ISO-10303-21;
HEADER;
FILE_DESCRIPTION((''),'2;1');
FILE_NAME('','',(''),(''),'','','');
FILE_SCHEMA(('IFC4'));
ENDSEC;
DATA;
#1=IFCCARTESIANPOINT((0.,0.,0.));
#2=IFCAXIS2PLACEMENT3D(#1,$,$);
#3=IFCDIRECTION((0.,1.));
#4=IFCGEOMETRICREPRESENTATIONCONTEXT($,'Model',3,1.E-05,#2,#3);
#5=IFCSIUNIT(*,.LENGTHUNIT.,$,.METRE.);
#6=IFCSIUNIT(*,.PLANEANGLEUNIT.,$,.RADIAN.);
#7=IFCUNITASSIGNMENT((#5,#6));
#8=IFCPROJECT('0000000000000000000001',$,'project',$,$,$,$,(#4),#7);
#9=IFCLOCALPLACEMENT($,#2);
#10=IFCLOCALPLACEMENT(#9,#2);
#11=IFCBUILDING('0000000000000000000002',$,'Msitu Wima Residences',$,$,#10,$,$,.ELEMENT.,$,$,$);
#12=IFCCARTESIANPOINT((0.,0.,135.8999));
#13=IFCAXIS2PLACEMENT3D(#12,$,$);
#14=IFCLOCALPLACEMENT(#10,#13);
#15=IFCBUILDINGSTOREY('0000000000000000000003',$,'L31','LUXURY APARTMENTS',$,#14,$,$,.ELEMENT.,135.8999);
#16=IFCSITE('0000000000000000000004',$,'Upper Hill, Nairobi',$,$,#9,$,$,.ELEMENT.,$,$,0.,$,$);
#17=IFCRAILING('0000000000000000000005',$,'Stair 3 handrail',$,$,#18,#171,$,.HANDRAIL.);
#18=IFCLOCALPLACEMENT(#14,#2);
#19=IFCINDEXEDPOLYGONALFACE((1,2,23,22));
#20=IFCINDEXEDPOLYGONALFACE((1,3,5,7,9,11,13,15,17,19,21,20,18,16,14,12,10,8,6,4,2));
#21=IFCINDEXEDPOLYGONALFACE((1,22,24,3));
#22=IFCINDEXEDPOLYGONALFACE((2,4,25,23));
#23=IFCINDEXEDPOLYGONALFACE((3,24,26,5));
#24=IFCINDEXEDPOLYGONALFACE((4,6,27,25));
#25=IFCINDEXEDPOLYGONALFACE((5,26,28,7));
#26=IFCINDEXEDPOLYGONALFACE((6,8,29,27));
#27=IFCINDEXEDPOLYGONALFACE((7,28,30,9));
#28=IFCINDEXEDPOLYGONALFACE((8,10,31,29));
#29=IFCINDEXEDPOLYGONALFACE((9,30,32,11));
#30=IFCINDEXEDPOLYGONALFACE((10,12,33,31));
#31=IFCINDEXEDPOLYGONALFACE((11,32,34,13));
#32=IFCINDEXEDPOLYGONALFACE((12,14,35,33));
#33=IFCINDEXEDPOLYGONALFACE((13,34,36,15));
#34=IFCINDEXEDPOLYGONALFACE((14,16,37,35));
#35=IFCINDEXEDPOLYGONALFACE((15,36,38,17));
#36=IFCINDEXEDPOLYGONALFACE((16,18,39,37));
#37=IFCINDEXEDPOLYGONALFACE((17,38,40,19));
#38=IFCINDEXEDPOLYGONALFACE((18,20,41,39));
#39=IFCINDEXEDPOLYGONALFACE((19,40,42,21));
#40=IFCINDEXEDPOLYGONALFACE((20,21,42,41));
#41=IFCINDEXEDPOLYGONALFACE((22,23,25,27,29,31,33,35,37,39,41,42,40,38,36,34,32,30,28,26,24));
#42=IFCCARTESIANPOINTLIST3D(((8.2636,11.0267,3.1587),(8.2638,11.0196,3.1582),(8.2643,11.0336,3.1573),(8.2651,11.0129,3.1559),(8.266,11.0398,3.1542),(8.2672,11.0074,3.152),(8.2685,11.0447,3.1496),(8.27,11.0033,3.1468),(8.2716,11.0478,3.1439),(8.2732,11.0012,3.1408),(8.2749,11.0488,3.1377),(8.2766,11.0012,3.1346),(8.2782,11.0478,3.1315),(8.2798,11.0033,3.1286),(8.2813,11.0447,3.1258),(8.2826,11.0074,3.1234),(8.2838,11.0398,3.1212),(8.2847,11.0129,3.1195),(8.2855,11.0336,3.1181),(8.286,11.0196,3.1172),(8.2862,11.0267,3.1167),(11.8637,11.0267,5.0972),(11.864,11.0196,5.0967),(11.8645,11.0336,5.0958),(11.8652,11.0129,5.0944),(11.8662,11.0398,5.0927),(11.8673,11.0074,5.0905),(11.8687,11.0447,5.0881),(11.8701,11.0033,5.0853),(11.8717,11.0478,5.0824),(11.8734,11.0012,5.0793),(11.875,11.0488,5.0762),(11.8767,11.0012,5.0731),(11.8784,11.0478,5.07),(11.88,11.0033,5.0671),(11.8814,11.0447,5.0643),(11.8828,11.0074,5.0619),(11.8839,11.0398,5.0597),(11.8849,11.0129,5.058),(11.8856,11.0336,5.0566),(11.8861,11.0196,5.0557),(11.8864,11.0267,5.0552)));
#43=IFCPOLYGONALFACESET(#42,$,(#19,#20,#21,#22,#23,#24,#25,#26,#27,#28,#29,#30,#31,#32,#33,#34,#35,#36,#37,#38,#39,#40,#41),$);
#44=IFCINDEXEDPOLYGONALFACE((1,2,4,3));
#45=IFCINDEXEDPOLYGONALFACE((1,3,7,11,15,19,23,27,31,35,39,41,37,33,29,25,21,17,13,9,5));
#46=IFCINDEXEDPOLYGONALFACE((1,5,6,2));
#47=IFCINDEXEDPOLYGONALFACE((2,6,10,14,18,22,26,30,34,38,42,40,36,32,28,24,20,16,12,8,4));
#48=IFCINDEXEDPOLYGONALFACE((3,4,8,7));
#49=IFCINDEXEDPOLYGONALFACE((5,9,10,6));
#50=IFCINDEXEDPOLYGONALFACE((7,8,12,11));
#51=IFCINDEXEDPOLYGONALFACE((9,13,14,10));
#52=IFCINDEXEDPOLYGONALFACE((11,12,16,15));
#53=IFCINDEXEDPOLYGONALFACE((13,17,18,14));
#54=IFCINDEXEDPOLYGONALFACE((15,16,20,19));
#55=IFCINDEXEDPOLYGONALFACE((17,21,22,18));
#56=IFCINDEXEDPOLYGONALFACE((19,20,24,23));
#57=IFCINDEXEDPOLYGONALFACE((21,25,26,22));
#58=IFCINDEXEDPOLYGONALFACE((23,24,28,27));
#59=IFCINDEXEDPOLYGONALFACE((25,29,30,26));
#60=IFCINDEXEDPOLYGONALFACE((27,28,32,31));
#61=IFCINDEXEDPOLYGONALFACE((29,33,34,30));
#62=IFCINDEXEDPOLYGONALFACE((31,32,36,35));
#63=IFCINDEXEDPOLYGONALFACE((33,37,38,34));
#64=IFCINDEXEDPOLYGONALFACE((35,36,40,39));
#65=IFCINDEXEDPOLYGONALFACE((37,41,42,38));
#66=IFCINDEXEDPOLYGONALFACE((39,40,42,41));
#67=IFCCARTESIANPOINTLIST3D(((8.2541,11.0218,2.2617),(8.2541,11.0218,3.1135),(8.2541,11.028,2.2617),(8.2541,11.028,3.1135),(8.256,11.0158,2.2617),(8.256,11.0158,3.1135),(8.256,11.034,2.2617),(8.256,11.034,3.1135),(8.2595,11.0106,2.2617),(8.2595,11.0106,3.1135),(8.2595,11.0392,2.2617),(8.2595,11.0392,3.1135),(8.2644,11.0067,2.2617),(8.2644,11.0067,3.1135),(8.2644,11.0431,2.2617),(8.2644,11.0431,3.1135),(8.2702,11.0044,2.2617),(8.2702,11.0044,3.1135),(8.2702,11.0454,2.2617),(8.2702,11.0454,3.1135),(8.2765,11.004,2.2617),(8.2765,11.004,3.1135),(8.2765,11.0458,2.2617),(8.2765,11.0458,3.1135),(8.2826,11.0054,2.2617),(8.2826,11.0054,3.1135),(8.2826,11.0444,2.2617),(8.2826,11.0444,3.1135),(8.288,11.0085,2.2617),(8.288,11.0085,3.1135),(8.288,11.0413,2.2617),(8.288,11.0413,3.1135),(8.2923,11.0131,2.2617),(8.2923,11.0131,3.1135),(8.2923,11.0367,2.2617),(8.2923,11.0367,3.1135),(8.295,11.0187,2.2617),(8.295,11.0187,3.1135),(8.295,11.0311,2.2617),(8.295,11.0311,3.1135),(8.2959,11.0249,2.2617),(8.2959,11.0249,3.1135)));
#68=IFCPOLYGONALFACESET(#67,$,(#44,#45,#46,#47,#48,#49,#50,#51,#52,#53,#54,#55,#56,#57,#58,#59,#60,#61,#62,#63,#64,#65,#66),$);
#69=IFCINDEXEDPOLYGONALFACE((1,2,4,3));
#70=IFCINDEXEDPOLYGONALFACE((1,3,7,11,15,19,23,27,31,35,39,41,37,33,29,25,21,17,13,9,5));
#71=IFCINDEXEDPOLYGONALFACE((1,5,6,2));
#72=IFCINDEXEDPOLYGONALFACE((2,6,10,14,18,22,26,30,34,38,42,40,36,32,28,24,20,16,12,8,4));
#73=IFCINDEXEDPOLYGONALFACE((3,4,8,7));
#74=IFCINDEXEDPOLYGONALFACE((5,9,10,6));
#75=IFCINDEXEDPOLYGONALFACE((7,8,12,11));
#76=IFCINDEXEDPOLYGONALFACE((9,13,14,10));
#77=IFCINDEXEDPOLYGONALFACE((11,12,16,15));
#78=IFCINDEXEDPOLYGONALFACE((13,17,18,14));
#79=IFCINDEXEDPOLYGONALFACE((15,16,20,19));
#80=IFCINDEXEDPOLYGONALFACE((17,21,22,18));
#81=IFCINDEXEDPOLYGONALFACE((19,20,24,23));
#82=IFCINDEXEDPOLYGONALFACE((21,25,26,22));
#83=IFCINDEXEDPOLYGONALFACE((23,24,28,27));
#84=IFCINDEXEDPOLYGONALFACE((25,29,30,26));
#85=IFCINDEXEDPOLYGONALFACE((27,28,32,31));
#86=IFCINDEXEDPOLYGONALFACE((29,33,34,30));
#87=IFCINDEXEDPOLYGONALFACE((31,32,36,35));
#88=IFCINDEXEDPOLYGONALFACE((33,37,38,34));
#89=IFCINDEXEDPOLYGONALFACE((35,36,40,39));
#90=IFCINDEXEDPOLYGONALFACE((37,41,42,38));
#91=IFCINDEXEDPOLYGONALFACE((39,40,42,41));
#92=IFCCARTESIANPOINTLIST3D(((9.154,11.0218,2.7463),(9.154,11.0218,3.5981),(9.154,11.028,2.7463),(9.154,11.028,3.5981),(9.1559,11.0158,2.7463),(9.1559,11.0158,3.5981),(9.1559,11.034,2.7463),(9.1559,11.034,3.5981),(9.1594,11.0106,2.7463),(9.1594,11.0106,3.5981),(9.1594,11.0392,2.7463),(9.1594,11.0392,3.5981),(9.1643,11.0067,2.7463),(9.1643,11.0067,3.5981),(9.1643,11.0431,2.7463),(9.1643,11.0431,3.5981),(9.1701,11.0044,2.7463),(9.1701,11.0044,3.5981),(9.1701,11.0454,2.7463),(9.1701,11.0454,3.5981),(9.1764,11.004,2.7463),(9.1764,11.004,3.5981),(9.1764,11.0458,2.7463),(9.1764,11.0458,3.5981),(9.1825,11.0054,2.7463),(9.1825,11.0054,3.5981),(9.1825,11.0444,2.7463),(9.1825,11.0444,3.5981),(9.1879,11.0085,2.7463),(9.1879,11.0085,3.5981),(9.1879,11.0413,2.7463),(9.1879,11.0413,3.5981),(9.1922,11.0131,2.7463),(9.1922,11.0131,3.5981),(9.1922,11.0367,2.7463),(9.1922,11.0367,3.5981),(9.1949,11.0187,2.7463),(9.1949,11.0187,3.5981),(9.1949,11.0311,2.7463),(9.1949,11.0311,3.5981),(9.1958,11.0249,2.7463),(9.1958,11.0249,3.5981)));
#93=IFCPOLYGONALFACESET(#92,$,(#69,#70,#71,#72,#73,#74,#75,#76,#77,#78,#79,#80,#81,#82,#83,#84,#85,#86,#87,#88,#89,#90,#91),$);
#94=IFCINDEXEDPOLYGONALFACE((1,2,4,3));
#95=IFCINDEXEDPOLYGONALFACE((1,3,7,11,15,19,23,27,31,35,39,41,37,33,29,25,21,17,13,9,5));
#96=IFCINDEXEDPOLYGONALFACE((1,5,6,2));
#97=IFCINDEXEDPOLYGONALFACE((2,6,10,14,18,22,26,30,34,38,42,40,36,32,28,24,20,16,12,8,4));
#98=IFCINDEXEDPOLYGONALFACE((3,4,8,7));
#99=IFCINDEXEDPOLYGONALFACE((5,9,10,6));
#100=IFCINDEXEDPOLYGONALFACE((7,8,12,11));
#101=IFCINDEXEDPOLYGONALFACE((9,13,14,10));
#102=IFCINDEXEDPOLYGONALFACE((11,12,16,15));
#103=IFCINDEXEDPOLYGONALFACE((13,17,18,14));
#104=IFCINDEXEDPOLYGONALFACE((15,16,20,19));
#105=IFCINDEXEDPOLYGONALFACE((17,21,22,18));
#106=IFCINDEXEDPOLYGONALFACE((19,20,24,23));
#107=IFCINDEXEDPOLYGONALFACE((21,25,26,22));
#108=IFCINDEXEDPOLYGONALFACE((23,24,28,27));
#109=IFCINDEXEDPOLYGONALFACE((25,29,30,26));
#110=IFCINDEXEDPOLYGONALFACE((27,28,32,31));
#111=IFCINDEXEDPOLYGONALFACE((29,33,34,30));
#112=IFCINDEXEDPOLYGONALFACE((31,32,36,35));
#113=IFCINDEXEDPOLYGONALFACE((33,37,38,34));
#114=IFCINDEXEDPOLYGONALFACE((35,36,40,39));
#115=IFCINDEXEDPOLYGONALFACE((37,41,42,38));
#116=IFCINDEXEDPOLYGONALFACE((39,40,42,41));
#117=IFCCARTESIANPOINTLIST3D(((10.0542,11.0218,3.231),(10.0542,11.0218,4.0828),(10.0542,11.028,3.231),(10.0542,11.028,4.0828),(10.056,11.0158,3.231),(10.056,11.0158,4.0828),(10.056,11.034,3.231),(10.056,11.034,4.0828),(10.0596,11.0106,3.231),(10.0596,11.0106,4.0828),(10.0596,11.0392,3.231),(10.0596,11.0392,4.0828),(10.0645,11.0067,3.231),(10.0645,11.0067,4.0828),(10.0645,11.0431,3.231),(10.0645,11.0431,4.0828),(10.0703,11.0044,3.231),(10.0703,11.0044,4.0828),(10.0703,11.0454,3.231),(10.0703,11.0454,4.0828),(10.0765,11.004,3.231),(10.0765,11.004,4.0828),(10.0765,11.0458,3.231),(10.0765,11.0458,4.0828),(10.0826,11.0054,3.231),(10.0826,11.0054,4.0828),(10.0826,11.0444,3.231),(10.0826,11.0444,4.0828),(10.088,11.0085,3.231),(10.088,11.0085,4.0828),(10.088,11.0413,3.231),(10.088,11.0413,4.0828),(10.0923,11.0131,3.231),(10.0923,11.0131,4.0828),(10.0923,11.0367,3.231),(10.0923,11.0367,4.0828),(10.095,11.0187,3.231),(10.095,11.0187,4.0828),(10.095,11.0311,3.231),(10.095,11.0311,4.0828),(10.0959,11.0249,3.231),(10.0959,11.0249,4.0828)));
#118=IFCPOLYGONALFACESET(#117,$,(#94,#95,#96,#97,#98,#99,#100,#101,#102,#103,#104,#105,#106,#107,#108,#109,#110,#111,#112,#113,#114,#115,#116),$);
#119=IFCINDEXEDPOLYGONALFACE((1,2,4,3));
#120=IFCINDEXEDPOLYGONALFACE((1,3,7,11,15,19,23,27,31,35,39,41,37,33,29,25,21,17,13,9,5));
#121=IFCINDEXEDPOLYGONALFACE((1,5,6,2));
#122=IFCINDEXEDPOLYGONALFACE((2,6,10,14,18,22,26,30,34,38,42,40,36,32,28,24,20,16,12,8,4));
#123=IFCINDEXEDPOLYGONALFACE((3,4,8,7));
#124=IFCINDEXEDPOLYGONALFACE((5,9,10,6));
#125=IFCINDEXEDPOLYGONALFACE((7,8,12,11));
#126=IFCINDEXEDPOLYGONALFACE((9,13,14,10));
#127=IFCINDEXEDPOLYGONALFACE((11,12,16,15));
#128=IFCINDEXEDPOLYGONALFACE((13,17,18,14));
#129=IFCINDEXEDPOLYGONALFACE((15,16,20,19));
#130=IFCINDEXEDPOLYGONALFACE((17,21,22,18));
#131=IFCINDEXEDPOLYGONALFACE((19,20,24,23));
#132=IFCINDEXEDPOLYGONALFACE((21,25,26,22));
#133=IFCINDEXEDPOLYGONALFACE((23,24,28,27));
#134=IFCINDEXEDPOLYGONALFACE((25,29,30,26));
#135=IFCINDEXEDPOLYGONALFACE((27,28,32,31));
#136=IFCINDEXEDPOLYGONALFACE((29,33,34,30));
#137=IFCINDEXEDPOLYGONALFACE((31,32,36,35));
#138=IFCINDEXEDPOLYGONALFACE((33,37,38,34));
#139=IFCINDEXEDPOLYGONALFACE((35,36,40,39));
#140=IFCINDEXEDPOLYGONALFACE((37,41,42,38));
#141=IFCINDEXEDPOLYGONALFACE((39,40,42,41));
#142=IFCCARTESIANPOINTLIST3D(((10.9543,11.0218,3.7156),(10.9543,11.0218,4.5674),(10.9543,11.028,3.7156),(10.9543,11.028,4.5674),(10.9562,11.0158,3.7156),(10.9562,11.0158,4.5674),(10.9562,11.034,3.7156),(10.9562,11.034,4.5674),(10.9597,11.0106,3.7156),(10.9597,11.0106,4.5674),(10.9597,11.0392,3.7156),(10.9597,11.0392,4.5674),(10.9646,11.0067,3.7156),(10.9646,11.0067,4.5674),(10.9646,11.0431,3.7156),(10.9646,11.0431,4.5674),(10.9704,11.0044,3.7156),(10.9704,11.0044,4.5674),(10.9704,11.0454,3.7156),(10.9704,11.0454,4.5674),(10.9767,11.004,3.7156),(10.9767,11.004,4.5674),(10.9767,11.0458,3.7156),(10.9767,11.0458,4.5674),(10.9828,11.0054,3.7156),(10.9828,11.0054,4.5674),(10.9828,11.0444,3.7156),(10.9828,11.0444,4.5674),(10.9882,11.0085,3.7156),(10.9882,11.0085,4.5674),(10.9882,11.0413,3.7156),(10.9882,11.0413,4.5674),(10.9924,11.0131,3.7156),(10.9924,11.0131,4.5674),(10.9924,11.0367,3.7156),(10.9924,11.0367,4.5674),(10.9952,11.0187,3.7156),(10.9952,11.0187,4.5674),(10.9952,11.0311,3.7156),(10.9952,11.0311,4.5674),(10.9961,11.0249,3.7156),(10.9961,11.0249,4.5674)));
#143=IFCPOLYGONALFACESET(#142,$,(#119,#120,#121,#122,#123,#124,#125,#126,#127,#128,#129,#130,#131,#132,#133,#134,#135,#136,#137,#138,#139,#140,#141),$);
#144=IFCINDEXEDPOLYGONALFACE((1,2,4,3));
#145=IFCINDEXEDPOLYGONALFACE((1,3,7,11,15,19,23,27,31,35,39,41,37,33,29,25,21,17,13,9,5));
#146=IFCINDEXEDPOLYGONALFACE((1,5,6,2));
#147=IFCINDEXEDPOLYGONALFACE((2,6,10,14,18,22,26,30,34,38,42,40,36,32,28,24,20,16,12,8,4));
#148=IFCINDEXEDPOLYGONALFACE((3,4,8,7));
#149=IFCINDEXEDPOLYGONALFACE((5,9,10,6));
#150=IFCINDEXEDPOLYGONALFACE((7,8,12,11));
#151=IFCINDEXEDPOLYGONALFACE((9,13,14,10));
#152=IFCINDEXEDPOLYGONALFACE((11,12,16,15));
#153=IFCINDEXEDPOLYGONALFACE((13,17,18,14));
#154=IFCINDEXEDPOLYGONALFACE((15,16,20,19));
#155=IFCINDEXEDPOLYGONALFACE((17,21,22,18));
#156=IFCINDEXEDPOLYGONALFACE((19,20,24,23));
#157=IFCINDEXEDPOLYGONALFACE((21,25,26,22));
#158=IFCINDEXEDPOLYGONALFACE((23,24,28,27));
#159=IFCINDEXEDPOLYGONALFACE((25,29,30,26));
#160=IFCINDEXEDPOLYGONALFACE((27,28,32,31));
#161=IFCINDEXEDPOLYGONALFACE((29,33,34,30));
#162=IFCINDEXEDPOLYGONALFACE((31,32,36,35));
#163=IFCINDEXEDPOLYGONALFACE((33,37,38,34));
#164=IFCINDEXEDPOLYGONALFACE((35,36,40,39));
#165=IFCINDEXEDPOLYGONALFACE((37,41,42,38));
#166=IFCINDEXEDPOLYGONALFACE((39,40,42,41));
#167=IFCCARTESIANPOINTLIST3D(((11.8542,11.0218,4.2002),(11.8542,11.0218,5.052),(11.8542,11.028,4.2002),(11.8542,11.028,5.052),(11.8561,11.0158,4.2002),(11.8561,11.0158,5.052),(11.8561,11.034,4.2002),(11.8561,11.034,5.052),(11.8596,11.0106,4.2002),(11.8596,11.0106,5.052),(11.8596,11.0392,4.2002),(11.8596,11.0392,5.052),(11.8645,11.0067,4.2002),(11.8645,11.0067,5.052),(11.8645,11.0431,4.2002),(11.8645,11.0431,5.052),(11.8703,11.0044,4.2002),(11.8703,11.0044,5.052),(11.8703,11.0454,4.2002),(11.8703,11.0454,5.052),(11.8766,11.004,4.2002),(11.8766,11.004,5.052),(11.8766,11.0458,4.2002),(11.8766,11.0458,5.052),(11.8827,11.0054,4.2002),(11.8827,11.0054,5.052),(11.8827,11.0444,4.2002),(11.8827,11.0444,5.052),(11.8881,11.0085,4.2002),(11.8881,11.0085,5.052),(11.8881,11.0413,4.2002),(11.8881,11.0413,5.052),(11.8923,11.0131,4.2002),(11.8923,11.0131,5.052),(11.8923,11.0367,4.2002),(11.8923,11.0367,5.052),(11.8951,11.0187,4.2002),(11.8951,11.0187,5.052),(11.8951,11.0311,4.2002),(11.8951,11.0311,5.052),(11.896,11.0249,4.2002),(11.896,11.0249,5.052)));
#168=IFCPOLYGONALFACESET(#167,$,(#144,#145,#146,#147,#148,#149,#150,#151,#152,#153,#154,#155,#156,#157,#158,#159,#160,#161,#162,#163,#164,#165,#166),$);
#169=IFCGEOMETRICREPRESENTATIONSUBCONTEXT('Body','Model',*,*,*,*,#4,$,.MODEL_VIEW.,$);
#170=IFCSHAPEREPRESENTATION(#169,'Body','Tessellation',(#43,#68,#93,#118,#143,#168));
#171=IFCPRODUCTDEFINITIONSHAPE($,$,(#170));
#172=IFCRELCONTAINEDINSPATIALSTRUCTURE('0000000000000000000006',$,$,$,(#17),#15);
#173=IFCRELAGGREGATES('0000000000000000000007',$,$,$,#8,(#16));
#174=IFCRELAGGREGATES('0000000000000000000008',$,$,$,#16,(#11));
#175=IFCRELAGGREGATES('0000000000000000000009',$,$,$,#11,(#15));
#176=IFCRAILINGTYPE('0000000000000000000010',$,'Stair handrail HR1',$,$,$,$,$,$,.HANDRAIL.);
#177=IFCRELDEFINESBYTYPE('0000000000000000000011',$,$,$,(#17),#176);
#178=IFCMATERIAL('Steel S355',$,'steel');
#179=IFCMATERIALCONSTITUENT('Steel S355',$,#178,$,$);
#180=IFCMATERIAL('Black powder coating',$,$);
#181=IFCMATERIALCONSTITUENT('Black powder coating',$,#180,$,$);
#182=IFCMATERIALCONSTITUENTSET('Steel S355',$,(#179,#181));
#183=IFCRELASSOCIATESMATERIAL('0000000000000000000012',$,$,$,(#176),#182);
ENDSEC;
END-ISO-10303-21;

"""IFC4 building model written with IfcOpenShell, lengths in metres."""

from ifc_helpers import new_model, si_unit, direction, frame, origin, origin_2d, place, context, subcontext, project, spatial, circle, extrude, material, constituent, constituent_set, type_object, element, save


model = new_model("IFC4")

# Units and contexts
model_context = context("Model", 3, precision=1e-05, world=origin(), true_north=direction((0.0, 1.0)))
body_context = subcontext(model_context, "Body", "Model", "MODEL_VIEW")
ifc_project = project(units=[si_unit("LENGTHUNIT", "METRE"), si_unit("PLANEANGLEUNIT", "RADIAN")], contexts=[model_context])

# Site, building, storey
site_placement = place(None, origin())
site = spatial("IfcSite", under=ifc_project, at=site_placement, Name="Upper Hill, Nairobi", CompositionType="ELEMENT", RefElevation=0.0)
building_placement = place(site_placement, origin())
building = spatial("IfcBuilding", under=site, at=building_placement, Name="Msitu Wima Residences", CompositionType="ELEMENT")
storey_placement = place(building_placement, frame((0.0, 0.0, 135.8999)))
storey = spatial("IfcBuildingStorey", under=building, at=storey_placement, Name="L31", Description="LUXURY APARTMENTS", CompositionType="ELEMENT", Elevation=135.8999)

# Railing
ifc_material_1 = material(Name="Steel S355", Category="steel")
ifc_constituent_1 = constituent(ifc_material_1, Name="Steel S355")
ifc_material_2 = material(Name="Black powder coating")
ifc_constituent_2 = constituent(ifc_material_2, Name="Black powder coating")
ifc_constituent_set = constituent_set(constituents=[ifc_constituent_1, ifc_constituent_2], Name="Steel S355")
railing_type = type_object("IfcRailingType", Name="Stair handrail HR1", PredefinedType="HANDRAIL", material=ifc_constituent_set)
for number, where, name in (
    (1, (8.2749, 11.0249, 2.2617), "Stair 3 handrail"),
):
    element("IfcRailing", number, at=place(storey_placement, frame(where)), inside=storey, type_object=railing_type, Name=name, PredefinedType="HANDRAIL", context=body_context, shape_type="SweptSolid", body=[
        extrude(circle(Radius=0.0239, at=origin_2d()), frame((0.0, 0.0, 0.876), z_axis=(0.880475, 0.0, 0.474093), x_axis=(0.0, 1.0, 0.0)), (0.0, 0.0, 1.0), 4.0889),
        extrude(circle(Radius=0.021, at=origin_2d()), origin(), (0.0, 0.0, 1.0), 0.8518),
        extrude(circle(Radius=0.021, at=origin_2d()), frame((0.8999, 0.0, 0.4846)), (0.0, 0.0, 1.0), 0.8518),
        extrude(circle(Radius=0.021, at=origin_2d()), frame((1.8, 0.0, 0.9692)), (0.0, 0.0, 1.0), 0.8518),
        extrude(circle(Radius=0.021, at=origin_2d()), frame((2.7002, 0.0, 1.4539)), (0.0, 0.0, 1.0), 0.8518),
        extrude(circle(Radius=0.021, at=origin_2d()), frame((3.6001, 0.0, 1.9385)), (0.0, 0.0, 1.0), 0.8518),
    ])

save(model, "model.ifc")
